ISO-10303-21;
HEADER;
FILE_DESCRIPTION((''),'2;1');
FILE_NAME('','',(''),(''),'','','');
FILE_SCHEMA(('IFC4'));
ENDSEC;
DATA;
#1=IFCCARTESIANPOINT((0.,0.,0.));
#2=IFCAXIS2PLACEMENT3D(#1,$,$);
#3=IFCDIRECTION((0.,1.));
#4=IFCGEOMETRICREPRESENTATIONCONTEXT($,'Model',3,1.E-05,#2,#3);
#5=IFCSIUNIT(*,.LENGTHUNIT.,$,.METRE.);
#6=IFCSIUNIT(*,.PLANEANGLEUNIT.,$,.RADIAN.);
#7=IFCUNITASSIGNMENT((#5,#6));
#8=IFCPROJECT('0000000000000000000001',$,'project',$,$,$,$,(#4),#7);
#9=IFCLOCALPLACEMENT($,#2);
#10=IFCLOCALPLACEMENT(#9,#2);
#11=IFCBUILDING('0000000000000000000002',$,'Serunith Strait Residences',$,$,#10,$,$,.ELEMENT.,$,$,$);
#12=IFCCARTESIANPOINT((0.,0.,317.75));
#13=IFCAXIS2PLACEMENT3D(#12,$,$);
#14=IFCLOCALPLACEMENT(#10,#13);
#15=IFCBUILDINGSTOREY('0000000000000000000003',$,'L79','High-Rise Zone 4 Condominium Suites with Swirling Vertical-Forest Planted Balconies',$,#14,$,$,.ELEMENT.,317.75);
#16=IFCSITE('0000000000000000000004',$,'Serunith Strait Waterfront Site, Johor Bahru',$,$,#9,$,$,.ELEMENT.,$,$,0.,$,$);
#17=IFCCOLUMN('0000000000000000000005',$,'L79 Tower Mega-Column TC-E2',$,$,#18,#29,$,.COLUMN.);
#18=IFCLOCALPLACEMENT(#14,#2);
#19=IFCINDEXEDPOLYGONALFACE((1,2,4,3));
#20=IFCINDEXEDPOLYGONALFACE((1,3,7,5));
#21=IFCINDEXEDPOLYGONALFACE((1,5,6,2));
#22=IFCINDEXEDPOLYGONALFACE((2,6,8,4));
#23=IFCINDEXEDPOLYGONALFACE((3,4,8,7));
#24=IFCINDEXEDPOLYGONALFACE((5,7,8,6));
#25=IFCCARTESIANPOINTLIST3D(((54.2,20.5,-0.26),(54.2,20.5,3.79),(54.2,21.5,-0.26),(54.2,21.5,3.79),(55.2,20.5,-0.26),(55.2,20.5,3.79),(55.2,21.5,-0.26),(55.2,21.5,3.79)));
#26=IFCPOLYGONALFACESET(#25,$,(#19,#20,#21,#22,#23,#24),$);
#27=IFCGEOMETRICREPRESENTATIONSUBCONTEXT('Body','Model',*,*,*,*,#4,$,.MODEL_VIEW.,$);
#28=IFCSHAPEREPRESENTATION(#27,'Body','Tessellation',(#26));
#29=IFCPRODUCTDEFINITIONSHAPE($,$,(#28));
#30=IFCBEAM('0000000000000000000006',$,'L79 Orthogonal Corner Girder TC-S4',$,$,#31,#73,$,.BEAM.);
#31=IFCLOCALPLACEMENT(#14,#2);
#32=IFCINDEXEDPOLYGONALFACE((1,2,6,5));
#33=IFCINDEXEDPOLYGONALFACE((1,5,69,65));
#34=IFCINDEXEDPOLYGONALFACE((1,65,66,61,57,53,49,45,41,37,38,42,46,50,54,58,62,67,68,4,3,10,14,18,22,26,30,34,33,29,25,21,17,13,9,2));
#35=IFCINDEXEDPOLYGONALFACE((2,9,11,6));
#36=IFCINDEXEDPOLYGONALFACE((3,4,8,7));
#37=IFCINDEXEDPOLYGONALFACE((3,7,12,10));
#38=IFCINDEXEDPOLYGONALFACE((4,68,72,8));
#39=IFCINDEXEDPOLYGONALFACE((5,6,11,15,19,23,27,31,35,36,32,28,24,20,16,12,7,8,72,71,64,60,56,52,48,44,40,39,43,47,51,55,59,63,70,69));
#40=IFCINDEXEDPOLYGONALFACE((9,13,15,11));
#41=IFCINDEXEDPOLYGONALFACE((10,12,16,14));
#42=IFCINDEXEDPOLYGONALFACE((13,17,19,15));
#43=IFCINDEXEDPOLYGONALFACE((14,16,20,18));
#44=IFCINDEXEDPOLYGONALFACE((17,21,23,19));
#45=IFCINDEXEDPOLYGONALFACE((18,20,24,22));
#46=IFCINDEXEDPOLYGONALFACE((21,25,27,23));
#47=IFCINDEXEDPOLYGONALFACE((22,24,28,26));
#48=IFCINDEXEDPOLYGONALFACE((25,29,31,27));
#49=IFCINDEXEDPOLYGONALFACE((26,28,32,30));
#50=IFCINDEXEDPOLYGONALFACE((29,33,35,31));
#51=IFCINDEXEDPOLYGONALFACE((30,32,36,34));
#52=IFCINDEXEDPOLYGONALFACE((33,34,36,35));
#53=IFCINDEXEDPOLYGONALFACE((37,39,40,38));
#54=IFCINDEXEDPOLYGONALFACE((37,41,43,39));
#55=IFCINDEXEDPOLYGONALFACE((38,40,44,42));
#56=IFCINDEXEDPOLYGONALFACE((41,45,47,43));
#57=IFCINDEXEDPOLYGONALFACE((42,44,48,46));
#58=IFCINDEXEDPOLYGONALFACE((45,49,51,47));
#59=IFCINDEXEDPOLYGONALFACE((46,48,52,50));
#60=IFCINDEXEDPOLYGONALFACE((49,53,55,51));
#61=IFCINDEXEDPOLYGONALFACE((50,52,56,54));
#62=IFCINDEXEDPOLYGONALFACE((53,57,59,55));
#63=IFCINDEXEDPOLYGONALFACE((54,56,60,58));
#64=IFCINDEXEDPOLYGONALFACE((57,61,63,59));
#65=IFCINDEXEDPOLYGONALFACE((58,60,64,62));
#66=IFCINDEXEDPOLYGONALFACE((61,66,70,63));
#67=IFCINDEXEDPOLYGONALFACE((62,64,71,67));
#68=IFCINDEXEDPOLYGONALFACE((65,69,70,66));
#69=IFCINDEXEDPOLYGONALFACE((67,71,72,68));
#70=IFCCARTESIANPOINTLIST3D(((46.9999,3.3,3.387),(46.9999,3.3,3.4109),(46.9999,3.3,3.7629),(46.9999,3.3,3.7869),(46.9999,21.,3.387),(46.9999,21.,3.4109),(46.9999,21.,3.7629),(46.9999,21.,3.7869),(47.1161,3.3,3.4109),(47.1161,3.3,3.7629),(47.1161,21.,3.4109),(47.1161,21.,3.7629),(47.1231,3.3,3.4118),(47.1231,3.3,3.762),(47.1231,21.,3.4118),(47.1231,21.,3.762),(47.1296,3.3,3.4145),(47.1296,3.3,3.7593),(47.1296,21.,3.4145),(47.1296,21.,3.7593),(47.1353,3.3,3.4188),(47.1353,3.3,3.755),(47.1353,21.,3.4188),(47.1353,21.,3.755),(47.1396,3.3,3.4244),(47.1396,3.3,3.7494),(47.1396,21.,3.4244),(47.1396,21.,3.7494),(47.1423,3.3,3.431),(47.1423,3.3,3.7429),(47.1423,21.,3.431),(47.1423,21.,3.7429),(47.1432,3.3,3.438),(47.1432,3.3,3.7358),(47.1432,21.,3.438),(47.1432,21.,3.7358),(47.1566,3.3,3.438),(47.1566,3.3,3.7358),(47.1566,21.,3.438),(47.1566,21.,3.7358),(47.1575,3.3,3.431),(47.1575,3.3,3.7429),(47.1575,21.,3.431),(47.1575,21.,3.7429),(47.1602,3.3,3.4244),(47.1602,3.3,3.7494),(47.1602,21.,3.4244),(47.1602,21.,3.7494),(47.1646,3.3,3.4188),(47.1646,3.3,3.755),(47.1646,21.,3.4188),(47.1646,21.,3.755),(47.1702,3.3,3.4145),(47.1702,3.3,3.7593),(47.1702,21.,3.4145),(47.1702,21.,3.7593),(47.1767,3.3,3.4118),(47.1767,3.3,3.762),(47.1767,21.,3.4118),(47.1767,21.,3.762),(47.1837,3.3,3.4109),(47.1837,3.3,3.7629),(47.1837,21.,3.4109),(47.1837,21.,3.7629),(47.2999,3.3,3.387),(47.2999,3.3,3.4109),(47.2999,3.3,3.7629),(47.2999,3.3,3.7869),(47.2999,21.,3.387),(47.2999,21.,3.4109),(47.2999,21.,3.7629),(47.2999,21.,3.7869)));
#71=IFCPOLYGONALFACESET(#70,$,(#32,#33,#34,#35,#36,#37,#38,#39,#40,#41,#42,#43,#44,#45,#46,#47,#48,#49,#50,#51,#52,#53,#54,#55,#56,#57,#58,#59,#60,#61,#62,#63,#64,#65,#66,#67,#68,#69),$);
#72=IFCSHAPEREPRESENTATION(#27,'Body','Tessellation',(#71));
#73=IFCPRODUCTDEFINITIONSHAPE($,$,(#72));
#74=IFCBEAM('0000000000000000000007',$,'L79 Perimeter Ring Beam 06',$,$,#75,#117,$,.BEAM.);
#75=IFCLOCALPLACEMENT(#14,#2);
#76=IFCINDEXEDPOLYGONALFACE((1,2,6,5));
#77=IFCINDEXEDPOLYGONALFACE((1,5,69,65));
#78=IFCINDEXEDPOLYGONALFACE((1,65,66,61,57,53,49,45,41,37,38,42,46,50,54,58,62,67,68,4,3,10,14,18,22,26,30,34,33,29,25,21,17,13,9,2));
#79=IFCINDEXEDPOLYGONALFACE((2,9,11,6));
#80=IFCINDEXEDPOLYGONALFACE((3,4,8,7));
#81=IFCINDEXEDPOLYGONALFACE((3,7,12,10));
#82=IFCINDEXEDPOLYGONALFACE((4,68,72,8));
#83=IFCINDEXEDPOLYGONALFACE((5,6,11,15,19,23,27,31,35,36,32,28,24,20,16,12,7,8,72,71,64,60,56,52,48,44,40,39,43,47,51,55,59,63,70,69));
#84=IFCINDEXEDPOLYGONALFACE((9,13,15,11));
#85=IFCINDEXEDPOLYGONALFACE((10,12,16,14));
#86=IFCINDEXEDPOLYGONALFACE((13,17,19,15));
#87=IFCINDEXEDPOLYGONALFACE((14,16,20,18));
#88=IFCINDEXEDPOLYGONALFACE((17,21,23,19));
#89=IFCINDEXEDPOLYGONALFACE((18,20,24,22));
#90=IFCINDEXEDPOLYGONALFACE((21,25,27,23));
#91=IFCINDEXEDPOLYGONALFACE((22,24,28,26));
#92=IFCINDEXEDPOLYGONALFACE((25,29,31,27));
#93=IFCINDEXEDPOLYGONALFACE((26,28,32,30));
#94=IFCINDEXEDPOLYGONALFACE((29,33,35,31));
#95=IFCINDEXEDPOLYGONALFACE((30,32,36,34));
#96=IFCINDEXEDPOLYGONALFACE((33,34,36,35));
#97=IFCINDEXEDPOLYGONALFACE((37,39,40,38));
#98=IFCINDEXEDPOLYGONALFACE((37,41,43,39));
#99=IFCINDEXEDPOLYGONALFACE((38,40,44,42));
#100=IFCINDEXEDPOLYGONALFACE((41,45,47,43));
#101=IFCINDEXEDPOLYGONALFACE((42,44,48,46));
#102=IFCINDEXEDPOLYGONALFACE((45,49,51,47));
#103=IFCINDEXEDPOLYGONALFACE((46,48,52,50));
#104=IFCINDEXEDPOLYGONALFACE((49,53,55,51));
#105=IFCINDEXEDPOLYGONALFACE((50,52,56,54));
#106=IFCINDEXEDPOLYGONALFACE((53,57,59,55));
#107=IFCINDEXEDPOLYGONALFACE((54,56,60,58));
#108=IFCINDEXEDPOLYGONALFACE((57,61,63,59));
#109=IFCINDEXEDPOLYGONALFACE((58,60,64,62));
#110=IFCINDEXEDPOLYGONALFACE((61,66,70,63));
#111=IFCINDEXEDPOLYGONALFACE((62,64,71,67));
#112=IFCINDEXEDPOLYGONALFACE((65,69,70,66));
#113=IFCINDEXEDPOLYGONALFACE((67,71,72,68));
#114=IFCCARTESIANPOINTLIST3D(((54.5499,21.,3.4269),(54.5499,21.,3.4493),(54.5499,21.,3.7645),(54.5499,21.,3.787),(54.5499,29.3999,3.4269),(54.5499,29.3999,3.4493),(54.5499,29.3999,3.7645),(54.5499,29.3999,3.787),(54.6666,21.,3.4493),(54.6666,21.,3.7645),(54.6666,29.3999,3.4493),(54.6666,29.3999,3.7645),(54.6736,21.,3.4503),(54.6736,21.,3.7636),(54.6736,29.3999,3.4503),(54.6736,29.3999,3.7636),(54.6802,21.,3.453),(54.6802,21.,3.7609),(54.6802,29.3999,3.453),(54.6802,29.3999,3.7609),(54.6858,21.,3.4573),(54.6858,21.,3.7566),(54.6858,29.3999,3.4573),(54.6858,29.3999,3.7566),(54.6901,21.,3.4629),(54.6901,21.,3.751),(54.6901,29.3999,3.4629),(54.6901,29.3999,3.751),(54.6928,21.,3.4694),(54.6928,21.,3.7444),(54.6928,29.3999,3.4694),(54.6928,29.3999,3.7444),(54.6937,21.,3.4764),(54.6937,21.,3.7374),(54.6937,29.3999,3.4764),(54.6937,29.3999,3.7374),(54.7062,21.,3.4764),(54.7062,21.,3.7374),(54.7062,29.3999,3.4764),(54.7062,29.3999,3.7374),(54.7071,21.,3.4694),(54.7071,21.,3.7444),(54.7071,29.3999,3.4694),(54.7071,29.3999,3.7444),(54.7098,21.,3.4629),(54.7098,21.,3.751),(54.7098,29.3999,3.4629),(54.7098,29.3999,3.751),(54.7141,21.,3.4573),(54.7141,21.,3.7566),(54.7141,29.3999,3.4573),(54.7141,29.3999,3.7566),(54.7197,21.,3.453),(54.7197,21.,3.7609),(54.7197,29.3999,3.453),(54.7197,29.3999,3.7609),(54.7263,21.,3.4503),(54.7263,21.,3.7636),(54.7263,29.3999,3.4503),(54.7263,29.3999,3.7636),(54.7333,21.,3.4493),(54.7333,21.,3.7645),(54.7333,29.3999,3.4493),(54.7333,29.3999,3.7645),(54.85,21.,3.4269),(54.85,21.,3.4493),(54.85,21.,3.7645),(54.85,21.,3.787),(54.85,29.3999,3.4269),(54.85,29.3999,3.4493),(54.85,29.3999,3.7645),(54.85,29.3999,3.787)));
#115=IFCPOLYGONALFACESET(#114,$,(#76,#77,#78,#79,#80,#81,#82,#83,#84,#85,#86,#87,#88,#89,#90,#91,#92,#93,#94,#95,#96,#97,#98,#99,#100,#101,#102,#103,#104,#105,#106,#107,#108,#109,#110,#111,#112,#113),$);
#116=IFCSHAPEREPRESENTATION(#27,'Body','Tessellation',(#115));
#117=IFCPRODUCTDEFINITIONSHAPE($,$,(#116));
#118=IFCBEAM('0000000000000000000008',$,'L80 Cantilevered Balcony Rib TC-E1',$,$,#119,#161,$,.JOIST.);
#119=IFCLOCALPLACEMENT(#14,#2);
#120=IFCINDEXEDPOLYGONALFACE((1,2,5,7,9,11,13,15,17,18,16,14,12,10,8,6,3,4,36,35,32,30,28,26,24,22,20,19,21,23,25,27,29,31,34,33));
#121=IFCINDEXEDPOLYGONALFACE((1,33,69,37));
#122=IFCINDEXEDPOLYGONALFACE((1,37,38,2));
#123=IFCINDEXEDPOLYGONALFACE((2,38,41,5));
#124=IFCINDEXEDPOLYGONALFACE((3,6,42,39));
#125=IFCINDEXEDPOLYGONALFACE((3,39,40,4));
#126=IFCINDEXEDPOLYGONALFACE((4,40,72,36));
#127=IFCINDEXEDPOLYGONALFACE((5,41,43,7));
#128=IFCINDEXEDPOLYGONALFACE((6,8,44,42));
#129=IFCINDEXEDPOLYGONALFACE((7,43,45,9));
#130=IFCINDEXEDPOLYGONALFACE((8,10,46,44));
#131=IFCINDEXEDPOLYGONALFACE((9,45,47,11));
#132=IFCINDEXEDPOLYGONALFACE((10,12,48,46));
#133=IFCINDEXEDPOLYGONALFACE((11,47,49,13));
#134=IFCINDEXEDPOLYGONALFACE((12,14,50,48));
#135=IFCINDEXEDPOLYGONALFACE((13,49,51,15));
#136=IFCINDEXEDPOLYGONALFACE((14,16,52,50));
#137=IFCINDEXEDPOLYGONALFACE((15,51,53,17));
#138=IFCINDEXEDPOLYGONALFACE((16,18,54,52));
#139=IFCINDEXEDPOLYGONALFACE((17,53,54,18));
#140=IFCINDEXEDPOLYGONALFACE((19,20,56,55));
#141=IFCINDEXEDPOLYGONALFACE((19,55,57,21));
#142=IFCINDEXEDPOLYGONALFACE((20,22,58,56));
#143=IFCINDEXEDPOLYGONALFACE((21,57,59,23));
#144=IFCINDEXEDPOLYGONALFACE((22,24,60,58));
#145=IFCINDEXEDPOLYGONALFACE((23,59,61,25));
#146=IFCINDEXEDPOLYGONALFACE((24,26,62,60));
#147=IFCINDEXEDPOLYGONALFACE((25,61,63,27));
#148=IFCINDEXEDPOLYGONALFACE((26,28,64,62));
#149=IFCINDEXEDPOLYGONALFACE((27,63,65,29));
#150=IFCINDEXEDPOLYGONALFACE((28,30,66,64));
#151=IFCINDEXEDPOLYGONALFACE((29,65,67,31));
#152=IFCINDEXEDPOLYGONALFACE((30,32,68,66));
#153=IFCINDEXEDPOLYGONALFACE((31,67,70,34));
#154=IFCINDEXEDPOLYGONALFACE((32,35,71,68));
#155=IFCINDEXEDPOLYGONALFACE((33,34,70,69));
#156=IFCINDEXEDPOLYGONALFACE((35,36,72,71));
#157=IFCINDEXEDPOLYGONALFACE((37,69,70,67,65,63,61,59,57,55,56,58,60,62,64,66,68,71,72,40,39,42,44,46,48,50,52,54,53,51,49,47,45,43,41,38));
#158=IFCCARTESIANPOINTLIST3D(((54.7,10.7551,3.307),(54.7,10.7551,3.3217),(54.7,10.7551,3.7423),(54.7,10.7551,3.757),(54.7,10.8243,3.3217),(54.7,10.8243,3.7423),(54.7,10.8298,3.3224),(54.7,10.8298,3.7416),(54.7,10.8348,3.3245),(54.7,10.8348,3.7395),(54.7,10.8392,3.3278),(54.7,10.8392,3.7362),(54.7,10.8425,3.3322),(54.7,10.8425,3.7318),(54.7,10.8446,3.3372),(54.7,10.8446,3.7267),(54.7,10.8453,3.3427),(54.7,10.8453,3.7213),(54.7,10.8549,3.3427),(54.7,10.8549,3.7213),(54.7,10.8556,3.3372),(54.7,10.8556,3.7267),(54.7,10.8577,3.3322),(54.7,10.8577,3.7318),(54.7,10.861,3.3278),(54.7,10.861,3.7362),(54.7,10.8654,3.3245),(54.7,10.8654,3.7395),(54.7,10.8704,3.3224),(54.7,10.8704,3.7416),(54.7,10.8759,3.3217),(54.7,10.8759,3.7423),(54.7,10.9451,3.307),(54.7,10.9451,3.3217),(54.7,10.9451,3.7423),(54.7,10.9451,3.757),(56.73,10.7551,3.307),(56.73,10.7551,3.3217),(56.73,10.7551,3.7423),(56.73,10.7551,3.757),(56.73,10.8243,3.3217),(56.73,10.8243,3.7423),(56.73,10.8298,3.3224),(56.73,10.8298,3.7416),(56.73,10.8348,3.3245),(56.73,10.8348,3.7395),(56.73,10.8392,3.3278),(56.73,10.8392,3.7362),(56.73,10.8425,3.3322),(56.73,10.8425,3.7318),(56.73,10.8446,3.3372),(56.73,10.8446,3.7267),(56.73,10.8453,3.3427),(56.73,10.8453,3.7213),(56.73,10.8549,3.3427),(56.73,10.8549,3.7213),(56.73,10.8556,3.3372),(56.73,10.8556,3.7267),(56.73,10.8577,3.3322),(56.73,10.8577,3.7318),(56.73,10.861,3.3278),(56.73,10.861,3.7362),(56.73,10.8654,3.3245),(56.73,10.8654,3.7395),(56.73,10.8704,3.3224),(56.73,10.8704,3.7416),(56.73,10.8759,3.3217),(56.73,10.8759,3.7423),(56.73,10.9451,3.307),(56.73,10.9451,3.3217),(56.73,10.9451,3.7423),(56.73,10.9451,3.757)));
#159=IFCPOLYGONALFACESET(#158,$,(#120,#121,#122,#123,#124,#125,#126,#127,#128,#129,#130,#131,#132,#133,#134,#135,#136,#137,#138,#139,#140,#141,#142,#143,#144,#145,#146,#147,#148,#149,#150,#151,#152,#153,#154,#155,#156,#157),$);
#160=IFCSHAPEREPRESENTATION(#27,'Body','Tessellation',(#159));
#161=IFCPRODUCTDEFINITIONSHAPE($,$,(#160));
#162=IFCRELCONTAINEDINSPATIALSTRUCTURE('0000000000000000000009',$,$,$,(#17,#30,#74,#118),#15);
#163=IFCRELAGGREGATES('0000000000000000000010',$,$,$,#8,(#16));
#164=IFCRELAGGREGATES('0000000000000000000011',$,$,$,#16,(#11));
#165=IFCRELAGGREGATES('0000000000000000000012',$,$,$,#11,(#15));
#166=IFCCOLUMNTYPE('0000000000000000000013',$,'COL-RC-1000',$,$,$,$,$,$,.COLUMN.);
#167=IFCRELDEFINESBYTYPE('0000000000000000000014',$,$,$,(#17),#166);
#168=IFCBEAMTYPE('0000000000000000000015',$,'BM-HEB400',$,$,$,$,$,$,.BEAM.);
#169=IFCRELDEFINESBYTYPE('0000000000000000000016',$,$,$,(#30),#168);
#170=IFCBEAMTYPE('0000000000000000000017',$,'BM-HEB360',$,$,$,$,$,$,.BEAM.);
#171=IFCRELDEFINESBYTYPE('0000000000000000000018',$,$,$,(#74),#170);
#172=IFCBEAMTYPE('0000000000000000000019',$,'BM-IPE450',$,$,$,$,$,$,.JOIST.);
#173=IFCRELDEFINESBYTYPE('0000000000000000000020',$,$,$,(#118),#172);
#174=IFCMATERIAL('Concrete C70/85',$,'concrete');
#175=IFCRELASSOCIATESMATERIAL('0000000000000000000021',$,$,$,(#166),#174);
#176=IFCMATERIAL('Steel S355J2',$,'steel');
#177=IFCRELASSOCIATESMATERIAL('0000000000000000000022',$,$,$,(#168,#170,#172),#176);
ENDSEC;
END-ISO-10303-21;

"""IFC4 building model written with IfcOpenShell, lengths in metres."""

from ifc_helpers import new_model, si_unit, direction, frame, origin, origin_2d, place, context, subcontext, project, spatial, rectangle, i_section, extrude, source, transform, mapped, material, material_profile, profile_set, type_object, element, save


model = new_model("IFC4")

# Units and contexts
model_context = context("Model", 3, precision=1e-05, world=origin(), true_north=direction((0.0, 1.0)))
body_context = subcontext(model_context, "Body", "Model", "MODEL_VIEW")
ifc_project = project(units=[si_unit("LENGTHUNIT", "METRE"), si_unit("PLANEANGLEUNIT", "RADIAN")], contexts=[model_context])

# Site, building, storey
site_placement = place(None, origin())
site = spatial("IfcSite", under=ifc_project, at=site_placement, Name="Serunith Strait Waterfront Site, Johor Bahru", CompositionType="ELEMENT", RefElevation=0.0)
building_placement = place(site_placement, origin())
building = spatial("IfcBuilding", under=site, at=building_placement, Name="Serunith Strait Residences", CompositionType="ELEMENT")
storey_placement = place(building_placement, frame((0.0, 0.0, 317.75)))
storey = spatial("IfcBuildingStorey", under=building, at=storey_placement, Name="L79", Description="High-Rise Zone 4 Condominium Suites with Swirling Vertical-Forest Planted Balconies", CompositionType="ELEMENT", Elevation=317.75)

# Column
ifc_material_1 = material(Name="Concrete C70/85", Category="concrete")
ifc_material_profile_1 = material_profile(ifc_material_1, rectangle(XDim=1.0, YDim=1.0, at=origin_2d()), Name="RC 1000x1000")
ifc_profile_set_1 = profile_set([ifc_material_profile_1], Name="Concrete C70/85")
column_type = type_object("IfcColumnType", Name="COL-RC-1000", PredefinedType="COLUMN", material=ifc_profile_set_1)
shared_shape_1 = source(origin(), body_context, "Body", "SweptSolid", [
    extrude(rectangle(XDim=1.0, YDim=1.0, at=origin_2d()), origin(), (0.0, 0.0, 1.0), 4.05),
])
column_placement = place(storey_placement, frame((54.7, 21.0, -0.26), z_axis=(0.0, 0.0, 1.0), x_axis=(1.0, 0.0, 0.0)))
element("IfcColumn", 1, at=column_placement, inside=storey, type_object=column_type, Name="L79 Tower Mega-Column TC-E2", PredefinedType="COLUMN", context=body_context, shape_type="MappedRepresentation", body=[
    mapped(shared_shape_1, transform((0.0, 0.0, 0.0), scale=1.0)),
])

# Beams
ifc_material_2 = material(Name="Steel S355J2", Category="steel")
ifc_material_profile_2 = material_profile(ifc_material_2, i_section(OverallWidth=0.3, OverallDepth=0.3999, WebThickness=0.0134, FlangeThickness=0.0239, FilletRadius=0.0271, at=origin_2d()), Name="HEB 400")
ifc_profile_set_2 = profile_set([ifc_material_profile_2], Name="Steel S355J2")
beam_type_1 = type_object("IfcBeamType", Name="BM-HEB400", PredefinedType="BEAM", material=ifc_profile_set_2)
shared_shape_2 = source(origin(), body_context, "Body", "SweptSolid", [
    extrude(i_section(OverallWidth=0.3, OverallDepth=0.3999, WebThickness=0.0134, FlangeThickness=0.0239, FilletRadius=0.0271, at=origin_2d()), origin(), (0.0, 0.0, 1.0), 17.7),
])
beam_1_placement = place(storey_placement, frame((47.1499, 21.0, 3.5869), z_axis=(0.0, -1.0, 0.0), x_axis=(1.0, 0.0, 0.0)))
element("IfcBeam", 2, at=beam_1_placement, inside=storey, type_object=beam_type_1, Name="L79 Orthogonal Corner Girder TC-S4", PredefinedType="BEAM", context=body_context, shape_type="MappedRepresentation", body=[
    mapped(shared_shape_2, transform((0.0, 0.0, 0.0), scale=1.0)),
])
ifc_material_profile_3 = material_profile(ifc_material_2, i_section(OverallWidth=0.3, OverallDepth=0.3601, WebThickness=0.0125, FlangeThickness=0.0225, FilletRadius=0.0271, at=origin_2d()), Name="HEB 360")
ifc_profile_set_3 = profile_set([ifc_material_profile_3], Name="Steel S355J2")
beam_type_2 = type_object("IfcBeamType", Name="BM-HEB360", PredefinedType="BEAM", material=ifc_profile_set_3)
shared_shape_3 = source(origin(), body_context, "Body", "SweptSolid", [
    extrude(i_section(OverallWidth=0.3, OverallDepth=0.3601, WebThickness=0.0125, FlangeThickness=0.0225, FilletRadius=0.0271, at=origin_2d()), origin(), (0.0, 0.0, 1.0), 8.3999),
])
beam_2_placement = place(storey_placement, frame((54.7, 21.0, 3.6069), z_axis=(0.0, 1.0, 0.0), x_axis=(-1.0, 0.0, 0.0)))
element("IfcBeam", 3, at=beam_2_placement, inside=storey, type_object=beam_type_2, Name="L79 Perimeter Ring Beam 06", PredefinedType="BEAM", context=body_context, shape_type="MappedRepresentation", body=[
    mapped(shared_shape_3, transform((0.0, 0.0, 0.0), scale=1.0)),
])
ifc_material_profile_4 = material_profile(ifc_material_2, i_section(OverallWidth=0.1899, OverallDepth=0.45, WebThickness=0.0095, FlangeThickness=0.0146, FilletRadius=0.021, at=origin_2d()), Name="IPE 450")
ifc_profile_set_4 = profile_set([ifc_material_profile_4], Name="Steel S355J2")
beam_type_3 = type_object("IfcBeamType", Name="BM-IPE450", PredefinedType="JOIST", material=ifc_profile_set_4)
shared_shape_4 = source(origin(), body_context, "Body", "SweptSolid", [
    extrude(i_section(OverallWidth=0.1899, OverallDepth=0.45, WebThickness=0.0095, FlangeThickness=0.0146, FilletRadius=0.021, at=origin_2d()), origin(), (0.0, 0.0, 1.0), 2.03),
])
for number, where, z_axis, x_axis, name in (
    (4, (54.7, 10.8501, 3.532), (1.0, 0.0, 0.0), (0.0, 1.0, 0.0), "L80 Cantilevered Balcony Rib TC-E1"),
):
    element("IfcBeam", number, at=place(storey_placement, frame(where, z_axis=z_axis, x_axis=x_axis)), inside=storey, type_object=beam_type_3, Name=name, PredefinedType="JOIST", context=body_context, shape_type="MappedRepresentation", body=[
        mapped(shared_shape_4, transform((0.0, 0.0, 0.0), scale=1.0)),
    ])

save(model, "model.ifc")
